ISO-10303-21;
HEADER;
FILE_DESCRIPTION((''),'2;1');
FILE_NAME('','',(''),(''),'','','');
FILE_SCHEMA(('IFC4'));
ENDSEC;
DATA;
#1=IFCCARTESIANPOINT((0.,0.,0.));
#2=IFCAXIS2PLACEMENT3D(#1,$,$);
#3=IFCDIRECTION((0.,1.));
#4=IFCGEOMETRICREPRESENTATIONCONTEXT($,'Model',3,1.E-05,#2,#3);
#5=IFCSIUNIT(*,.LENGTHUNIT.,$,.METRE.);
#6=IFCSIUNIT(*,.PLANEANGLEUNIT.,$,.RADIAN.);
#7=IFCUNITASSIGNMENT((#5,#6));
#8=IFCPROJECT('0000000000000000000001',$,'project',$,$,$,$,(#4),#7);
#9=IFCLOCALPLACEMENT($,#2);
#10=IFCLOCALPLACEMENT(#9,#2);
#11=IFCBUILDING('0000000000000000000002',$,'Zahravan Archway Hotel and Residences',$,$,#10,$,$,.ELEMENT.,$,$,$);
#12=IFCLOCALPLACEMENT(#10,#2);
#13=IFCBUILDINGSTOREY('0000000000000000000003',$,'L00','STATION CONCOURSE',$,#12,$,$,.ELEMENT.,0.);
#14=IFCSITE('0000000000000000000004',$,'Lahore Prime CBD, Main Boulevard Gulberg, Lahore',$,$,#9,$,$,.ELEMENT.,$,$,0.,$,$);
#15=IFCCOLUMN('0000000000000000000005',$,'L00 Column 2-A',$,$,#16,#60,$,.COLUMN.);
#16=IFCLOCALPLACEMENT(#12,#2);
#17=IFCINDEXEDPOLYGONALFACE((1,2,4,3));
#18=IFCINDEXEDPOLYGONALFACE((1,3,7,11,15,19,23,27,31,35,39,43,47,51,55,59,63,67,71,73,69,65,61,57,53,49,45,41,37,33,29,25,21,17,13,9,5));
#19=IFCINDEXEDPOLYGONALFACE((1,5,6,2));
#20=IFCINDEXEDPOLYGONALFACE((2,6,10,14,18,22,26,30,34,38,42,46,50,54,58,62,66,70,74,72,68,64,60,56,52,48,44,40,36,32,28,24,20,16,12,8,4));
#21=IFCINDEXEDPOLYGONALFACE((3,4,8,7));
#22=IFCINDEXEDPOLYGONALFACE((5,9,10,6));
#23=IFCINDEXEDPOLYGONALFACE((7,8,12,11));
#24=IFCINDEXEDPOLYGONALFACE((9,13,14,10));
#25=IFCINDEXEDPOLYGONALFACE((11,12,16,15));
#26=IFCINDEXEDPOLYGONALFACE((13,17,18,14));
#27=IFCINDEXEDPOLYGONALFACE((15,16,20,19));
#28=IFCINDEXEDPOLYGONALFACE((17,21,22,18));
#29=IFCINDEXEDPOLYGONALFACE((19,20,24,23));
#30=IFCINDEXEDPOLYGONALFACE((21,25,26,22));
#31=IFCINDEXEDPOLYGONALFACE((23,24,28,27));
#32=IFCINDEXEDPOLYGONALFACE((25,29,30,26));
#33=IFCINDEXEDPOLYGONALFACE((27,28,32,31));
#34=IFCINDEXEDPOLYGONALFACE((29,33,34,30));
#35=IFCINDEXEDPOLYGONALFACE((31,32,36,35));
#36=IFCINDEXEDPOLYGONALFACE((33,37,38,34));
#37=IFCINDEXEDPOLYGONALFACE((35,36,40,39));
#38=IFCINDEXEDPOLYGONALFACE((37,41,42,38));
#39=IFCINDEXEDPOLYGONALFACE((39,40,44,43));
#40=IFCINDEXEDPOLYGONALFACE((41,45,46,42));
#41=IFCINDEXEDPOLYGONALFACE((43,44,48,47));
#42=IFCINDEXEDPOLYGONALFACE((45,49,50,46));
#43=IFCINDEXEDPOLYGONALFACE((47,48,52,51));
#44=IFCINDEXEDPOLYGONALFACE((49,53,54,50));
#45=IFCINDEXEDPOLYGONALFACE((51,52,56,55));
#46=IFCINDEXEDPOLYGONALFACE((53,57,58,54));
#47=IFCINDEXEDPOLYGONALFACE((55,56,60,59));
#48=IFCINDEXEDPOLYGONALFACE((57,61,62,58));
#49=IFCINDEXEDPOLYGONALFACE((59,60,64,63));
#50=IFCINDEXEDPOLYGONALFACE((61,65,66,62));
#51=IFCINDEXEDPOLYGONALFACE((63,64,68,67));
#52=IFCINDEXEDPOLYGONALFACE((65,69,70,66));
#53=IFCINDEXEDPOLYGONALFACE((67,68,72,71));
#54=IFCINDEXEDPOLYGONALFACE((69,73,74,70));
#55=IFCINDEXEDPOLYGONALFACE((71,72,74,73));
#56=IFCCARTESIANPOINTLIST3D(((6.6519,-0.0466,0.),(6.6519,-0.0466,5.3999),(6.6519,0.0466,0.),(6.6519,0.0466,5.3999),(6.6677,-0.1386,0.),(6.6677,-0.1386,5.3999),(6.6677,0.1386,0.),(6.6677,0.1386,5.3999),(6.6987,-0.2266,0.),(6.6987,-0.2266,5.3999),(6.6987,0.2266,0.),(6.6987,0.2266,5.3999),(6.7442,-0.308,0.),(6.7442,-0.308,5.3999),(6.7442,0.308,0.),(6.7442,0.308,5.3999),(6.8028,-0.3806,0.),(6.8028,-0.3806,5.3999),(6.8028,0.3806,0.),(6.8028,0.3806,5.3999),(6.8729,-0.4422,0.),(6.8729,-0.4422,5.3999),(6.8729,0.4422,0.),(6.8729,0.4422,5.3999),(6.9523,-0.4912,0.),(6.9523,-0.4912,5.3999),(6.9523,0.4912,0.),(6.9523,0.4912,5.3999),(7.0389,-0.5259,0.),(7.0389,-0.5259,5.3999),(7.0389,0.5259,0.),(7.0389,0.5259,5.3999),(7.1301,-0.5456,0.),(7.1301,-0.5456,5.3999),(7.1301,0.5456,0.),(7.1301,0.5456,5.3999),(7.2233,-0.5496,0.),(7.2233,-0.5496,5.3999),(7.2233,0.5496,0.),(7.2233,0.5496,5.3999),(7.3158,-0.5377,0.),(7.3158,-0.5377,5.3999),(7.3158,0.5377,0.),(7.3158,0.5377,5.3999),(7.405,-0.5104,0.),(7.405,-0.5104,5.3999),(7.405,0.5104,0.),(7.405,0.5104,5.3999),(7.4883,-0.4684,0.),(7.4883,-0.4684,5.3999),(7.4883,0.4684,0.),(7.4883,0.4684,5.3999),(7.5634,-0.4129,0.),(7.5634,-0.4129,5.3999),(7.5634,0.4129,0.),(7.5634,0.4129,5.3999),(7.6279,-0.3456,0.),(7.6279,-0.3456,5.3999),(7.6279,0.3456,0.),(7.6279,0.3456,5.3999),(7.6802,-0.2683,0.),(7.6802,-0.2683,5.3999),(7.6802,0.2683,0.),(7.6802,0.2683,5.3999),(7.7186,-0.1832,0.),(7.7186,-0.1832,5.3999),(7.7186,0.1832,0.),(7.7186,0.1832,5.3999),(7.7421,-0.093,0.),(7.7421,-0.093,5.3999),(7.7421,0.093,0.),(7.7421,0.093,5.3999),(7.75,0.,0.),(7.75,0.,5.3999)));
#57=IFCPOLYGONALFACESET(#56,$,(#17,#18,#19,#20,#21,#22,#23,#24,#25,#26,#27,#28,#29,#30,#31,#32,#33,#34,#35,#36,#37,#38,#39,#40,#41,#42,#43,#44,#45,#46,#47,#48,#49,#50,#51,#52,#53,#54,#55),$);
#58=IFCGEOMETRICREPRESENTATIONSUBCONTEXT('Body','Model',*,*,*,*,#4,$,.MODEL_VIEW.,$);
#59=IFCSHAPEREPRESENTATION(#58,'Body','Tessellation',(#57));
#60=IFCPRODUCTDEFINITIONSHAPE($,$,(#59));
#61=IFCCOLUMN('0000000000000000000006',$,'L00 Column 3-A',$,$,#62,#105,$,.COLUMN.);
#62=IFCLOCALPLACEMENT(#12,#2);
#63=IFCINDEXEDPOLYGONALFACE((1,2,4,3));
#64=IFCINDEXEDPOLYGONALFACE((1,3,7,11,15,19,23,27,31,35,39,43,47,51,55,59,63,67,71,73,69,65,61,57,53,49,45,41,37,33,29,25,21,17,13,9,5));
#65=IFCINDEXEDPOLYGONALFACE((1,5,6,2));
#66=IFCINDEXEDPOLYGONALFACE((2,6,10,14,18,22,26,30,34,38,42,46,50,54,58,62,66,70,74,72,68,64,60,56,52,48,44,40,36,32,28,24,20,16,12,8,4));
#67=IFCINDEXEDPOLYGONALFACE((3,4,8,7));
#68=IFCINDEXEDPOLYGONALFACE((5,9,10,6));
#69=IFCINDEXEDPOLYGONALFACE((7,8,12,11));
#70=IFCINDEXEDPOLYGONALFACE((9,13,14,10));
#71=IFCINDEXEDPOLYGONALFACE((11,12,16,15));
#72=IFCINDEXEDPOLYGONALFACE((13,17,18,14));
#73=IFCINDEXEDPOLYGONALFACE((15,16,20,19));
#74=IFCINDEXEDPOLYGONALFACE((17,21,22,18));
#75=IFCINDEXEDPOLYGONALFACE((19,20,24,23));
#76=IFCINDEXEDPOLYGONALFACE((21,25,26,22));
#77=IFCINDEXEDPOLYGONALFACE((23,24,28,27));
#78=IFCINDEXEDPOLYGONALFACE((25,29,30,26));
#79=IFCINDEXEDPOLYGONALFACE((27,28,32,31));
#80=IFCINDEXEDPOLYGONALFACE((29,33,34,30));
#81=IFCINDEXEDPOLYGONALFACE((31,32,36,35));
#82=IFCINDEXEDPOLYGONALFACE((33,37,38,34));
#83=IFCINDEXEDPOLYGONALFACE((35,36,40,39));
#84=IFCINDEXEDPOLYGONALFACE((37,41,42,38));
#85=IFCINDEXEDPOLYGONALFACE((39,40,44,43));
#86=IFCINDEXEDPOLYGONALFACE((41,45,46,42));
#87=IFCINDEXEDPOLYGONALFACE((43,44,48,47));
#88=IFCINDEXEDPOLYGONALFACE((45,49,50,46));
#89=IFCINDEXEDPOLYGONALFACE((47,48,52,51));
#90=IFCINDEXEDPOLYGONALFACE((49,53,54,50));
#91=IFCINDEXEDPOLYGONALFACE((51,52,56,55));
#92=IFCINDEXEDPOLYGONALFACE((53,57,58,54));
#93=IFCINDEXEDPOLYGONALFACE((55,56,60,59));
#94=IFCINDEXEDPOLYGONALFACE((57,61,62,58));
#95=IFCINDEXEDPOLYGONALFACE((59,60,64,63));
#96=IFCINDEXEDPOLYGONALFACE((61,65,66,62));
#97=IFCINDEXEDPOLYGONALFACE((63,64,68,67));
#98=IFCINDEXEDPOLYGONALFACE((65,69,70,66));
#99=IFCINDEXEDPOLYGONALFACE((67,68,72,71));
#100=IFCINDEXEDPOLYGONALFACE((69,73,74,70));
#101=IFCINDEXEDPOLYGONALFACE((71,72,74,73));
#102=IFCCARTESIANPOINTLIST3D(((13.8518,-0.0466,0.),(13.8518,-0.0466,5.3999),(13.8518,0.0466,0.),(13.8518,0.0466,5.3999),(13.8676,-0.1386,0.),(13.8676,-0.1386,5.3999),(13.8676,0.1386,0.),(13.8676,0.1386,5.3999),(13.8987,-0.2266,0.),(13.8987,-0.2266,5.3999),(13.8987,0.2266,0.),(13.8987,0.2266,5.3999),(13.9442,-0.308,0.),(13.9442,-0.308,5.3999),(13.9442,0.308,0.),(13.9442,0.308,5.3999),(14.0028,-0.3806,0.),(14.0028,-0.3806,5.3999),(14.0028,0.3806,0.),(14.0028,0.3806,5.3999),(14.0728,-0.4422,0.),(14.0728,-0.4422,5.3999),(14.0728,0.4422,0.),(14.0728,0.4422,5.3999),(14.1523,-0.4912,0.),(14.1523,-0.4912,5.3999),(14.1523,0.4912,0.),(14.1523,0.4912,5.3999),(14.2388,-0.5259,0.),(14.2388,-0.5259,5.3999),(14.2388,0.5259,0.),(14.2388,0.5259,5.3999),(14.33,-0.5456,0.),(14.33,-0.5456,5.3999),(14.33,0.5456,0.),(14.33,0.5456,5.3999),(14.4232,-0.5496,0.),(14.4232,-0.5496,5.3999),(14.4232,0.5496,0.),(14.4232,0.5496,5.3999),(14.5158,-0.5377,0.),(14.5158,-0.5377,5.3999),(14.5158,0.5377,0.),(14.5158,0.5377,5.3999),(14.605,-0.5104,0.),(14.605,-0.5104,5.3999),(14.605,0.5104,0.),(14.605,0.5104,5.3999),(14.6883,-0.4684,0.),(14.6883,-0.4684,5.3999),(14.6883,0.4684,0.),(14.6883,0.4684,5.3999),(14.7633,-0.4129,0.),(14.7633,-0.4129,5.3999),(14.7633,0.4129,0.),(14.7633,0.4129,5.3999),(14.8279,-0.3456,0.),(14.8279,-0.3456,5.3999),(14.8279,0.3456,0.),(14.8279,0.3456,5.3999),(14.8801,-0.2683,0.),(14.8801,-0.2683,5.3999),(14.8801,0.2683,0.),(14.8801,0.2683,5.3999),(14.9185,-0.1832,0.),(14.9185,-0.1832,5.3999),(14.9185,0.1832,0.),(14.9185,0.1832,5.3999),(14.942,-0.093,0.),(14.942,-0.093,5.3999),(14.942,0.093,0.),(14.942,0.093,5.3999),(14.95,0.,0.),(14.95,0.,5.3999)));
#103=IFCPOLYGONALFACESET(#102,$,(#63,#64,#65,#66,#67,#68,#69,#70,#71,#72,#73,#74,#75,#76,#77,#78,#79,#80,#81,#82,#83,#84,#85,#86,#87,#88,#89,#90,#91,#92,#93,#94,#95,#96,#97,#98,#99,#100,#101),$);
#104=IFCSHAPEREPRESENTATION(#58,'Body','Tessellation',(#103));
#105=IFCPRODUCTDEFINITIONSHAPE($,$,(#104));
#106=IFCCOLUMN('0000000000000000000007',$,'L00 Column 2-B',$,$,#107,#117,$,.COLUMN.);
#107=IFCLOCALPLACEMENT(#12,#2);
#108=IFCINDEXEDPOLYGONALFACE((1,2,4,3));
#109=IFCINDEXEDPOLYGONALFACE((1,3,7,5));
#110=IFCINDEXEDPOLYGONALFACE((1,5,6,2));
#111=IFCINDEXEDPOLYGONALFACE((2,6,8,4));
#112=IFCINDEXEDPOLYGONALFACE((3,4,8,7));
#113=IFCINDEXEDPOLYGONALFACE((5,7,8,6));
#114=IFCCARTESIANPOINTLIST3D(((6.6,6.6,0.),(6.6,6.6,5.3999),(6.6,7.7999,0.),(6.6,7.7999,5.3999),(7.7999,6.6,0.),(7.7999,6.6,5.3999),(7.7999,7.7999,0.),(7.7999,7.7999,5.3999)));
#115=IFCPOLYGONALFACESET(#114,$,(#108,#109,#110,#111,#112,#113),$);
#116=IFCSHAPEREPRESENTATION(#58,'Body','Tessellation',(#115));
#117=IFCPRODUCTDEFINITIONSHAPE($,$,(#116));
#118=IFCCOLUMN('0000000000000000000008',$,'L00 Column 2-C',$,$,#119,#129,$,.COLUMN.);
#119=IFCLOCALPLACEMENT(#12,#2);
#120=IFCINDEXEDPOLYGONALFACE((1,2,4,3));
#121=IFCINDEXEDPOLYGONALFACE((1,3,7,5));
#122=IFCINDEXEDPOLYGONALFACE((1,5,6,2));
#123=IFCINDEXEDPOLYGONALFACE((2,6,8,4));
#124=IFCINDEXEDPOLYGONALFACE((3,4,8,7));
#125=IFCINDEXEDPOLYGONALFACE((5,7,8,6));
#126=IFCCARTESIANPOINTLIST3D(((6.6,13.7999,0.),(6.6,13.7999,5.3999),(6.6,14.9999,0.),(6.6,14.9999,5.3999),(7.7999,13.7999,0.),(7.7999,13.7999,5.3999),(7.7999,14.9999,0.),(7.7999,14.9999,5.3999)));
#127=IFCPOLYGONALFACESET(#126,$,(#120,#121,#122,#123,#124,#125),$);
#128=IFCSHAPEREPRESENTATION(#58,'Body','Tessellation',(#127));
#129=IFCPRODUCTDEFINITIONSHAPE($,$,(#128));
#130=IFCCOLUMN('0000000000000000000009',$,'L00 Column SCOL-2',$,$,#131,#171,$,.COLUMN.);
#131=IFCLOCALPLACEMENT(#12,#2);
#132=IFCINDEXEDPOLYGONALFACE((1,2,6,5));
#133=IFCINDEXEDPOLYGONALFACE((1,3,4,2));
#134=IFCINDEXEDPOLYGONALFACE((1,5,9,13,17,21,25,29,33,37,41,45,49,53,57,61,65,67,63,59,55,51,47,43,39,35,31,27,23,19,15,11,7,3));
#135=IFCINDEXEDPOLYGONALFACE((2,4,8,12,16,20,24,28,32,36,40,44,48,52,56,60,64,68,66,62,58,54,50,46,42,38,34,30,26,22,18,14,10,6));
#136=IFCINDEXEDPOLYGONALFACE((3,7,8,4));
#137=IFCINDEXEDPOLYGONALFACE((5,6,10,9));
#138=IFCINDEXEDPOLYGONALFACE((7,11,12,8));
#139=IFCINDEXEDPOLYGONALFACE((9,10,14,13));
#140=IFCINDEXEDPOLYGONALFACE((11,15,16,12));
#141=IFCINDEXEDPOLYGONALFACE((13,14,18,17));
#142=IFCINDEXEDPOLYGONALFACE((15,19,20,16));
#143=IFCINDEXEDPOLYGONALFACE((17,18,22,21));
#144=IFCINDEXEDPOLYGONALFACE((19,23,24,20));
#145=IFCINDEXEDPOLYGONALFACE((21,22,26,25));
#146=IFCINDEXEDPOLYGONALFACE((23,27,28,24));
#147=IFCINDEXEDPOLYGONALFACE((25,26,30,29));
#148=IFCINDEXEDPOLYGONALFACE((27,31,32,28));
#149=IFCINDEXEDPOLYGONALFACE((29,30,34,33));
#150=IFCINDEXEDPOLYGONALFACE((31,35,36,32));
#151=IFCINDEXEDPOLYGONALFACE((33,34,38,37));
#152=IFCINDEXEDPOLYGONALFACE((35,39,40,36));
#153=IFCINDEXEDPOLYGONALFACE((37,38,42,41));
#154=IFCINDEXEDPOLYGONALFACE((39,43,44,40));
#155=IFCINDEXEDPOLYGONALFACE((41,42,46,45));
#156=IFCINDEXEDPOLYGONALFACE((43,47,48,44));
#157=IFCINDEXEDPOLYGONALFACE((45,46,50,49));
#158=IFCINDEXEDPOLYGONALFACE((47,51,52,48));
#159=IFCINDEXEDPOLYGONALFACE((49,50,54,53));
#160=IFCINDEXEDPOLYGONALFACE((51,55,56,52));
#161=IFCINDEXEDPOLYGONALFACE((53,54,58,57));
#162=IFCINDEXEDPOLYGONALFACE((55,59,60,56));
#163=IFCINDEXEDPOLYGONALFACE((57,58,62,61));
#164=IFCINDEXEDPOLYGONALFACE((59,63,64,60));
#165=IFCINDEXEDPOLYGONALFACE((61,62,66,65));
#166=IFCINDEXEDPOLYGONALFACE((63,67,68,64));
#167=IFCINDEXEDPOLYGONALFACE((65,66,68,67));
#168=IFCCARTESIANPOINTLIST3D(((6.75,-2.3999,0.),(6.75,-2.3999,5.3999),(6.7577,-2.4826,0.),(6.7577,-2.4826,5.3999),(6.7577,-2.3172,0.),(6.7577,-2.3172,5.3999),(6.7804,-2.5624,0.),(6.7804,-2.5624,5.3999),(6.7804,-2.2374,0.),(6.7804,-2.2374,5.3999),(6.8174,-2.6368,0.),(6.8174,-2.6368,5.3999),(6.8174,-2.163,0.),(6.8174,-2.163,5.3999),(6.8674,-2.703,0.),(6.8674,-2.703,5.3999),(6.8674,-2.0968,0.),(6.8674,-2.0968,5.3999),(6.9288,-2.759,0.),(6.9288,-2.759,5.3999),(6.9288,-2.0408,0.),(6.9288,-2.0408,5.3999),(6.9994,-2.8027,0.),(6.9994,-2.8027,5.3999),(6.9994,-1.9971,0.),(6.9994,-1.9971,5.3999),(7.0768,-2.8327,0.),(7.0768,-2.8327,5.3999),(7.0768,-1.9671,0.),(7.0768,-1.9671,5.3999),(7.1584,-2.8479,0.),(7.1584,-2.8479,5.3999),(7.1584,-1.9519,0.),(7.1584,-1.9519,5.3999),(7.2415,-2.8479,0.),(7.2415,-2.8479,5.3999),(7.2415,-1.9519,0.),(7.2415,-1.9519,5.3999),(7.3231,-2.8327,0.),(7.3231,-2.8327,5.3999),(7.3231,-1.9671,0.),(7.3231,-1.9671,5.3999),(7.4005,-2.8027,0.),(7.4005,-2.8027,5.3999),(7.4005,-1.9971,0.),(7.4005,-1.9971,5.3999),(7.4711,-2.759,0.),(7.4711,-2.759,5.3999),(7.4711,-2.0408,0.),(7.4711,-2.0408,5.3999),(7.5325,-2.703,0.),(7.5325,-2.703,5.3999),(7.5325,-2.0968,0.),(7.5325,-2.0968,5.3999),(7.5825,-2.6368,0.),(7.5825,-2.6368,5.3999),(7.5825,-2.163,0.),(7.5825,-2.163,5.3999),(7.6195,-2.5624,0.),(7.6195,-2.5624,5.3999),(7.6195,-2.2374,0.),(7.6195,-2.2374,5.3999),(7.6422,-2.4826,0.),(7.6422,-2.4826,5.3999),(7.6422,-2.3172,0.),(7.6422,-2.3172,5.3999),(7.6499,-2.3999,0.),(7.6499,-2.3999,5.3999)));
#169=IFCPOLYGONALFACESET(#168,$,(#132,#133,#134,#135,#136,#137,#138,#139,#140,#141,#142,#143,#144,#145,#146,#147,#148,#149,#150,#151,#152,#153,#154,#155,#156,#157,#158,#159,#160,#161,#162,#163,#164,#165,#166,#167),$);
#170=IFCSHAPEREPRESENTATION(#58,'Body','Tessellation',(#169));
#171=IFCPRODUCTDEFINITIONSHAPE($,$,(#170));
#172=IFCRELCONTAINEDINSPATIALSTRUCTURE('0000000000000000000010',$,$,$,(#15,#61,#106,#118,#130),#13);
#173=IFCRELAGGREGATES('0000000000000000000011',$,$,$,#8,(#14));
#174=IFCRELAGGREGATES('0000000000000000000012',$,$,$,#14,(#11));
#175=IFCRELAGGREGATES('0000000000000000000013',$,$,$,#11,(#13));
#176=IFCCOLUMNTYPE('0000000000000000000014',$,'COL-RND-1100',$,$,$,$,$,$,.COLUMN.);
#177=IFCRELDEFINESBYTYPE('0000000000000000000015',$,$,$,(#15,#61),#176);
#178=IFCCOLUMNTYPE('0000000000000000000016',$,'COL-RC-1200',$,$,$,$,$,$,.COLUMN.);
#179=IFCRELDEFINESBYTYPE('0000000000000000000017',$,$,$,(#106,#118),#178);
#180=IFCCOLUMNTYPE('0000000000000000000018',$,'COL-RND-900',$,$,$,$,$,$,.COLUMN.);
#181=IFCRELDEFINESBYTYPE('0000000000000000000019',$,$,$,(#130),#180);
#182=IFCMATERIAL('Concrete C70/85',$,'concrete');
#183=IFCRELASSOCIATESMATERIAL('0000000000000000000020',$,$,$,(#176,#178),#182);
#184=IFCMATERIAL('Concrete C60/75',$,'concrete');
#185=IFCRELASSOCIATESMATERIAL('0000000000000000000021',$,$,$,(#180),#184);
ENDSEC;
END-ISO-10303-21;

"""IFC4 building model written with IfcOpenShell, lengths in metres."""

from ifc_helpers import new_model, si_unit, direction, frame, origin, origin_2d, place, context, subcontext, project, spatial, rectangle, circle, extrude, source, transform, mapped, material, material_profile, profile_set, type_object, type_shapes, element, save


model = new_model("IFC4")

# Units and contexts
model_context = context("Model", 3, precision=1e-05, world=origin(), true_north=direction((0.0, 1.0)))
body_context = subcontext(model_context, "Body", "Model", "MODEL_VIEW")
ifc_project = project(units=[si_unit("LENGTHUNIT", "METRE"), si_unit("PLANEANGLEUNIT", "RADIAN")], contexts=[model_context])

# Site, building, storey
site_placement = place(None, origin())
site = spatial("IfcSite", under=ifc_project, at=site_placement, Name="Lahore Prime CBD, Main Boulevard Gulberg, Lahore", CompositionType="ELEMENT", RefElevation=0.0)
building_placement = place(site_placement, origin())
building = spatial("IfcBuilding", under=site, at=building_placement, Name="Zahravan Archway Hotel and Residences", CompositionType="ELEMENT")
storey_placement = place(building_placement, origin())
storey = spatial("IfcBuildingStorey", under=building, at=storey_placement, Name="L00", Description="STATION CONCOURSE", CompositionType="ELEMENT", Elevation=0.0)

# Columns
ifc_material_1 = material(Name="Concrete C70/85", Category="concrete")
ifc_material_profile_1 = material_profile(ifc_material_1, circle(Radius=0.55, at=origin_2d()), Name="RC-CIRC-1100", Category="concrete")
ifc_profile_set_1 = profile_set([ifc_material_profile_1], Name="Concrete C70/85")
column_type_1 = type_object("IfcColumnType", Name="COL-RND-1100", PredefinedType="COLUMN", material=ifc_profile_set_1)
shared_shape_1 = source(origin(), body_context, "Body", "SweptSolid", [
    extrude(circle(Radius=0.55, at=origin_2d()), origin(), (0.0, 0.0, 1.0), 5.3999),
])
type_shapes(column_type_1, [shared_shape_1])
for number, where, z_axis, x_axis, name in (
    (1, (7.2, 0.0, 0.0), (0.0, 0.0, 1.0), (1.0, 0.0, 0.0), "L00 Column 2-A"),
    (2, (14.3999, 0.0, 0.0), (0.0, 0.0, 1.0), (1.0, 0.0, 0.0), "L00 Column 3-A"),
):
    element("IfcColumn", number, at=place(storey_placement, frame(where, z_axis=z_axis, x_axis=x_axis)), inside=storey, type_object=column_type_1, Name=name, PredefinedType="COLUMN", context=body_context, shape_type="MappedRepresentation", body=[
        mapped(shared_shape_1, transform((0.0, 0.0, 0.0), scale=1.0)),
    ])
ifc_material_profile_2 = material_profile(ifc_material_1, rectangle(XDim=1.2, YDim=1.2, at=origin_2d()), Name="RC-COL-1200x1200", Category="concrete")
ifc_profile_set_2 = profile_set([ifc_material_profile_2], Name="Concrete C70/85")
column_type_2 = type_object("IfcColumnType", Name="COL-RC-1200", PredefinedType="COLUMN", material=ifc_profile_set_2)
shared_shape_2 = source(origin(), body_context, "Body", "SweptSolid", [
    extrude(rectangle(XDim=1.2, YDim=1.2, at=origin_2d()), origin(), (0.0, 0.0, 1.0), 5.3999),
])
for number, where, z_axis, x_axis, name in (
    (3, (7.2, 7.2, 0.0), (0.0, 0.0, 1.0), (1.0, 0.0, 0.0), "L00 Column 2-B"),
    (4, (7.2, 14.3999, 0.0), (0.0, 0.0, 1.0), (1.0, 0.0, 0.0), "L00 Column 2-C"),
):
    element("IfcColumn", number, at=place(storey_placement, frame(where, z_axis=z_axis, x_axis=x_axis)), inside=storey, type_object=column_type_2, Name=name, PredefinedType="COLUMN", context=body_context, shape_type="MappedRepresentation", body=[
        mapped(shared_shape_2, transform((0.0, 0.0, 0.0), scale=1.0)),
    ])
ifc_material_2 = material(Name="Concrete C60/75", Category="concrete")
ifc_material_profile_3 = material_profile(ifc_material_2, circle(Radius=0.45, at=origin_2d()), Name="RC-CIRC-900", Category="concrete")
ifc_profile_set_3 = profile_set([ifc_material_profile_3], Name="Concrete C60/75")
column_type_3 = type_object("IfcColumnType", Name="COL-RND-900", PredefinedType="COLUMN", material=ifc_profile_set_3)
shared_shape_3 = source(origin(), body_context, "Body", "SweptSolid", [
    extrude(circle(Radius=0.45, at=origin_2d()), origin(), (0.0, 0.0, 1.0), 5.3999),
])
type_shapes(column_type_3, [shared_shape_3])
for number, where, z_axis, x_axis, name in (
    (5, (7.2, -2.3999, 0.0), (0.0, 0.0, 1.0), (1.0, 0.0, 0.0), "L00 Column SCOL-2"),
):
    element("IfcColumn", number, at=place(storey_placement, frame(where, z_axis=z_axis, x_axis=x_axis)), inside=storey, type_object=column_type_3, Name=name, PredefinedType="COLUMN", context=body_context, shape_type="MappedRepresentation", body=[
        mapped(shared_shape_3, transform((0.0, 0.0, 0.0), scale=1.0)),
    ])

save(model, "model.ifc")
